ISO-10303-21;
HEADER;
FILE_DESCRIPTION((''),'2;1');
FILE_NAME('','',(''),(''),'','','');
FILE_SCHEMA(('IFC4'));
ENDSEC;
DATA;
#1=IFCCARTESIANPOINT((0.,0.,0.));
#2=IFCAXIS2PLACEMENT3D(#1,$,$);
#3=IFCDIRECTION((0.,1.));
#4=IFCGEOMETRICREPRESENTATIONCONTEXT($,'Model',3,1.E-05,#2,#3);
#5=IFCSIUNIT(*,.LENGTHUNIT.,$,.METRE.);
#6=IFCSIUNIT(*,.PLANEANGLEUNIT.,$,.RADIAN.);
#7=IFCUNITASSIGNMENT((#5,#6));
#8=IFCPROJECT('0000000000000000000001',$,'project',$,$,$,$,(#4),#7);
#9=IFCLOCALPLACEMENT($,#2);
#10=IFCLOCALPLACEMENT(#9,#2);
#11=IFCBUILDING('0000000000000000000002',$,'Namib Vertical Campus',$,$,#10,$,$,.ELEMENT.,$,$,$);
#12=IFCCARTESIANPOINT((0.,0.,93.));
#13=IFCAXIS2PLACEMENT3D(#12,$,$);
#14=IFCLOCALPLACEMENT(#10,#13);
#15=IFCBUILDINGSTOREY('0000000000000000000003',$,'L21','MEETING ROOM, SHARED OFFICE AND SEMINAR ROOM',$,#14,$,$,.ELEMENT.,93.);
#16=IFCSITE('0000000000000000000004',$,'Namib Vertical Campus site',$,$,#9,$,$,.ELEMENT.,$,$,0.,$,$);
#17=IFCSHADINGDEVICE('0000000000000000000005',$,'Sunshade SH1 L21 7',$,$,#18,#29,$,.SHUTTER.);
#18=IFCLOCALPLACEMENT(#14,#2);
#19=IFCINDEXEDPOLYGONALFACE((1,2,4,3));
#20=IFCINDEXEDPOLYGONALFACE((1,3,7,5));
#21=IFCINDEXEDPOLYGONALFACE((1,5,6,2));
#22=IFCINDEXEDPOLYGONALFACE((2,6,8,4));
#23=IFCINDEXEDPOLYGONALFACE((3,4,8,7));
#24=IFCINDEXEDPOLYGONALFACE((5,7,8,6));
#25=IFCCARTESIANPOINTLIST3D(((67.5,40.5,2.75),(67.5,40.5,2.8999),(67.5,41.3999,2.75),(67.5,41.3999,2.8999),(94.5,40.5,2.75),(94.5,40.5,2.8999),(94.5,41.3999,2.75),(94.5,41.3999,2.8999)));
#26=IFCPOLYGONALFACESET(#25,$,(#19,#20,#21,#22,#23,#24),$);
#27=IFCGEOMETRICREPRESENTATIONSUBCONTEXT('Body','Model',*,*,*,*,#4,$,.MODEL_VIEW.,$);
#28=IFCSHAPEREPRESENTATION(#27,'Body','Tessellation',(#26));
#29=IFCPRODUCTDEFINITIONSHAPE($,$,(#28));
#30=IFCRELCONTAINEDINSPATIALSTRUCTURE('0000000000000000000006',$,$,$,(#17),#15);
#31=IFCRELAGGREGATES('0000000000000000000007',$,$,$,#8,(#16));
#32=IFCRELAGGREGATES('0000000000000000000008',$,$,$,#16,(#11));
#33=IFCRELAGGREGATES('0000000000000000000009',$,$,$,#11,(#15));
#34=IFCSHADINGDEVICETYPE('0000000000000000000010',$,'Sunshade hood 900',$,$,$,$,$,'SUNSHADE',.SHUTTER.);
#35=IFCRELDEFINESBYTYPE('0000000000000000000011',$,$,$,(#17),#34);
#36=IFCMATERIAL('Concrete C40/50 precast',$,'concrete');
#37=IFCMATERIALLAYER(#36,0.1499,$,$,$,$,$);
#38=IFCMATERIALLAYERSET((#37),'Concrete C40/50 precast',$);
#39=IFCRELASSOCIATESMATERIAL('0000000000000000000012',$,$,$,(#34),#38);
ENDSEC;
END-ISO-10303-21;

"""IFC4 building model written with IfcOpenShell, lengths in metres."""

from ifc_helpers import new_model, si_unit, direction, frame, origin, origin_2d, place, context, subcontext, project, spatial, rectangle, extrude, material, layer, layer_set, type_object, element, save


model = new_model("IFC4")

# Units and contexts
model_context = context("Model", 3, precision=1e-05, world=origin(), true_north=direction((0.0, 1.0)))
body_context = subcontext(model_context, "Body", "Model", "MODEL_VIEW")
ifc_project = project(units=[si_unit("LENGTHUNIT", "METRE"), si_unit("PLANEANGLEUNIT", "RADIAN")], contexts=[model_context])

# Site, building, storey
site_placement = place(None, origin())
site = spatial("IfcSite", under=ifc_project, at=site_placement, Name="Namib Vertical Campus site", CompositionType="ELEMENT", RefElevation=0.0)
building_placement = place(site_placement, origin())
building = spatial("IfcBuilding", under=site, at=building_placement, Name="Namib Vertical Campus", CompositionType="ELEMENT")
storey_placement = place(building_placement, frame((0.0, 0.0, 93.0)))
storey = spatial("IfcBuildingStorey", under=building, at=storey_placement, Name="L21", Description="MEETING ROOM, SHARED OFFICE AND SEMINAR ROOM", CompositionType="ELEMENT", Elevation=93.0)

# Shading device
ifc_material_1 = material(Name="Concrete C40/50 precast", Category="concrete")
ifc_layer_1 = layer(ifc_material_1, 0.1499)
ifc_layer_set_1 = layer_set([ifc_layer_1], Name="Concrete C40/50 precast")
shading_device_type = type_object("IfcShadingDeviceType", Name="Sunshade hood 900", ElementType="SUNSHADE", PredefinedType="SHUTTER", material=ifc_layer_set_1)
shading_device_placement = place(storey_placement, frame((81.0, 40.95, 2.75), z_axis=(0.0, 0.0, 1.0), x_axis=(-1.0, 0.0, 0.0)))
element("IfcShadingDevice", 1, at=shading_device_placement, inside=storey, type_object=shading_device_type, Name="Sunshade SH1 L21 7", PredefinedType="SHUTTER", context=body_context, shape_type="SweptSolid", body=[
    extrude(rectangle(XDim=27.0, YDim=0.8999, at=origin_2d()), origin(), (0.0, 0.0, 1.0), 0.1499),
])

save(model, "model.ifc")
